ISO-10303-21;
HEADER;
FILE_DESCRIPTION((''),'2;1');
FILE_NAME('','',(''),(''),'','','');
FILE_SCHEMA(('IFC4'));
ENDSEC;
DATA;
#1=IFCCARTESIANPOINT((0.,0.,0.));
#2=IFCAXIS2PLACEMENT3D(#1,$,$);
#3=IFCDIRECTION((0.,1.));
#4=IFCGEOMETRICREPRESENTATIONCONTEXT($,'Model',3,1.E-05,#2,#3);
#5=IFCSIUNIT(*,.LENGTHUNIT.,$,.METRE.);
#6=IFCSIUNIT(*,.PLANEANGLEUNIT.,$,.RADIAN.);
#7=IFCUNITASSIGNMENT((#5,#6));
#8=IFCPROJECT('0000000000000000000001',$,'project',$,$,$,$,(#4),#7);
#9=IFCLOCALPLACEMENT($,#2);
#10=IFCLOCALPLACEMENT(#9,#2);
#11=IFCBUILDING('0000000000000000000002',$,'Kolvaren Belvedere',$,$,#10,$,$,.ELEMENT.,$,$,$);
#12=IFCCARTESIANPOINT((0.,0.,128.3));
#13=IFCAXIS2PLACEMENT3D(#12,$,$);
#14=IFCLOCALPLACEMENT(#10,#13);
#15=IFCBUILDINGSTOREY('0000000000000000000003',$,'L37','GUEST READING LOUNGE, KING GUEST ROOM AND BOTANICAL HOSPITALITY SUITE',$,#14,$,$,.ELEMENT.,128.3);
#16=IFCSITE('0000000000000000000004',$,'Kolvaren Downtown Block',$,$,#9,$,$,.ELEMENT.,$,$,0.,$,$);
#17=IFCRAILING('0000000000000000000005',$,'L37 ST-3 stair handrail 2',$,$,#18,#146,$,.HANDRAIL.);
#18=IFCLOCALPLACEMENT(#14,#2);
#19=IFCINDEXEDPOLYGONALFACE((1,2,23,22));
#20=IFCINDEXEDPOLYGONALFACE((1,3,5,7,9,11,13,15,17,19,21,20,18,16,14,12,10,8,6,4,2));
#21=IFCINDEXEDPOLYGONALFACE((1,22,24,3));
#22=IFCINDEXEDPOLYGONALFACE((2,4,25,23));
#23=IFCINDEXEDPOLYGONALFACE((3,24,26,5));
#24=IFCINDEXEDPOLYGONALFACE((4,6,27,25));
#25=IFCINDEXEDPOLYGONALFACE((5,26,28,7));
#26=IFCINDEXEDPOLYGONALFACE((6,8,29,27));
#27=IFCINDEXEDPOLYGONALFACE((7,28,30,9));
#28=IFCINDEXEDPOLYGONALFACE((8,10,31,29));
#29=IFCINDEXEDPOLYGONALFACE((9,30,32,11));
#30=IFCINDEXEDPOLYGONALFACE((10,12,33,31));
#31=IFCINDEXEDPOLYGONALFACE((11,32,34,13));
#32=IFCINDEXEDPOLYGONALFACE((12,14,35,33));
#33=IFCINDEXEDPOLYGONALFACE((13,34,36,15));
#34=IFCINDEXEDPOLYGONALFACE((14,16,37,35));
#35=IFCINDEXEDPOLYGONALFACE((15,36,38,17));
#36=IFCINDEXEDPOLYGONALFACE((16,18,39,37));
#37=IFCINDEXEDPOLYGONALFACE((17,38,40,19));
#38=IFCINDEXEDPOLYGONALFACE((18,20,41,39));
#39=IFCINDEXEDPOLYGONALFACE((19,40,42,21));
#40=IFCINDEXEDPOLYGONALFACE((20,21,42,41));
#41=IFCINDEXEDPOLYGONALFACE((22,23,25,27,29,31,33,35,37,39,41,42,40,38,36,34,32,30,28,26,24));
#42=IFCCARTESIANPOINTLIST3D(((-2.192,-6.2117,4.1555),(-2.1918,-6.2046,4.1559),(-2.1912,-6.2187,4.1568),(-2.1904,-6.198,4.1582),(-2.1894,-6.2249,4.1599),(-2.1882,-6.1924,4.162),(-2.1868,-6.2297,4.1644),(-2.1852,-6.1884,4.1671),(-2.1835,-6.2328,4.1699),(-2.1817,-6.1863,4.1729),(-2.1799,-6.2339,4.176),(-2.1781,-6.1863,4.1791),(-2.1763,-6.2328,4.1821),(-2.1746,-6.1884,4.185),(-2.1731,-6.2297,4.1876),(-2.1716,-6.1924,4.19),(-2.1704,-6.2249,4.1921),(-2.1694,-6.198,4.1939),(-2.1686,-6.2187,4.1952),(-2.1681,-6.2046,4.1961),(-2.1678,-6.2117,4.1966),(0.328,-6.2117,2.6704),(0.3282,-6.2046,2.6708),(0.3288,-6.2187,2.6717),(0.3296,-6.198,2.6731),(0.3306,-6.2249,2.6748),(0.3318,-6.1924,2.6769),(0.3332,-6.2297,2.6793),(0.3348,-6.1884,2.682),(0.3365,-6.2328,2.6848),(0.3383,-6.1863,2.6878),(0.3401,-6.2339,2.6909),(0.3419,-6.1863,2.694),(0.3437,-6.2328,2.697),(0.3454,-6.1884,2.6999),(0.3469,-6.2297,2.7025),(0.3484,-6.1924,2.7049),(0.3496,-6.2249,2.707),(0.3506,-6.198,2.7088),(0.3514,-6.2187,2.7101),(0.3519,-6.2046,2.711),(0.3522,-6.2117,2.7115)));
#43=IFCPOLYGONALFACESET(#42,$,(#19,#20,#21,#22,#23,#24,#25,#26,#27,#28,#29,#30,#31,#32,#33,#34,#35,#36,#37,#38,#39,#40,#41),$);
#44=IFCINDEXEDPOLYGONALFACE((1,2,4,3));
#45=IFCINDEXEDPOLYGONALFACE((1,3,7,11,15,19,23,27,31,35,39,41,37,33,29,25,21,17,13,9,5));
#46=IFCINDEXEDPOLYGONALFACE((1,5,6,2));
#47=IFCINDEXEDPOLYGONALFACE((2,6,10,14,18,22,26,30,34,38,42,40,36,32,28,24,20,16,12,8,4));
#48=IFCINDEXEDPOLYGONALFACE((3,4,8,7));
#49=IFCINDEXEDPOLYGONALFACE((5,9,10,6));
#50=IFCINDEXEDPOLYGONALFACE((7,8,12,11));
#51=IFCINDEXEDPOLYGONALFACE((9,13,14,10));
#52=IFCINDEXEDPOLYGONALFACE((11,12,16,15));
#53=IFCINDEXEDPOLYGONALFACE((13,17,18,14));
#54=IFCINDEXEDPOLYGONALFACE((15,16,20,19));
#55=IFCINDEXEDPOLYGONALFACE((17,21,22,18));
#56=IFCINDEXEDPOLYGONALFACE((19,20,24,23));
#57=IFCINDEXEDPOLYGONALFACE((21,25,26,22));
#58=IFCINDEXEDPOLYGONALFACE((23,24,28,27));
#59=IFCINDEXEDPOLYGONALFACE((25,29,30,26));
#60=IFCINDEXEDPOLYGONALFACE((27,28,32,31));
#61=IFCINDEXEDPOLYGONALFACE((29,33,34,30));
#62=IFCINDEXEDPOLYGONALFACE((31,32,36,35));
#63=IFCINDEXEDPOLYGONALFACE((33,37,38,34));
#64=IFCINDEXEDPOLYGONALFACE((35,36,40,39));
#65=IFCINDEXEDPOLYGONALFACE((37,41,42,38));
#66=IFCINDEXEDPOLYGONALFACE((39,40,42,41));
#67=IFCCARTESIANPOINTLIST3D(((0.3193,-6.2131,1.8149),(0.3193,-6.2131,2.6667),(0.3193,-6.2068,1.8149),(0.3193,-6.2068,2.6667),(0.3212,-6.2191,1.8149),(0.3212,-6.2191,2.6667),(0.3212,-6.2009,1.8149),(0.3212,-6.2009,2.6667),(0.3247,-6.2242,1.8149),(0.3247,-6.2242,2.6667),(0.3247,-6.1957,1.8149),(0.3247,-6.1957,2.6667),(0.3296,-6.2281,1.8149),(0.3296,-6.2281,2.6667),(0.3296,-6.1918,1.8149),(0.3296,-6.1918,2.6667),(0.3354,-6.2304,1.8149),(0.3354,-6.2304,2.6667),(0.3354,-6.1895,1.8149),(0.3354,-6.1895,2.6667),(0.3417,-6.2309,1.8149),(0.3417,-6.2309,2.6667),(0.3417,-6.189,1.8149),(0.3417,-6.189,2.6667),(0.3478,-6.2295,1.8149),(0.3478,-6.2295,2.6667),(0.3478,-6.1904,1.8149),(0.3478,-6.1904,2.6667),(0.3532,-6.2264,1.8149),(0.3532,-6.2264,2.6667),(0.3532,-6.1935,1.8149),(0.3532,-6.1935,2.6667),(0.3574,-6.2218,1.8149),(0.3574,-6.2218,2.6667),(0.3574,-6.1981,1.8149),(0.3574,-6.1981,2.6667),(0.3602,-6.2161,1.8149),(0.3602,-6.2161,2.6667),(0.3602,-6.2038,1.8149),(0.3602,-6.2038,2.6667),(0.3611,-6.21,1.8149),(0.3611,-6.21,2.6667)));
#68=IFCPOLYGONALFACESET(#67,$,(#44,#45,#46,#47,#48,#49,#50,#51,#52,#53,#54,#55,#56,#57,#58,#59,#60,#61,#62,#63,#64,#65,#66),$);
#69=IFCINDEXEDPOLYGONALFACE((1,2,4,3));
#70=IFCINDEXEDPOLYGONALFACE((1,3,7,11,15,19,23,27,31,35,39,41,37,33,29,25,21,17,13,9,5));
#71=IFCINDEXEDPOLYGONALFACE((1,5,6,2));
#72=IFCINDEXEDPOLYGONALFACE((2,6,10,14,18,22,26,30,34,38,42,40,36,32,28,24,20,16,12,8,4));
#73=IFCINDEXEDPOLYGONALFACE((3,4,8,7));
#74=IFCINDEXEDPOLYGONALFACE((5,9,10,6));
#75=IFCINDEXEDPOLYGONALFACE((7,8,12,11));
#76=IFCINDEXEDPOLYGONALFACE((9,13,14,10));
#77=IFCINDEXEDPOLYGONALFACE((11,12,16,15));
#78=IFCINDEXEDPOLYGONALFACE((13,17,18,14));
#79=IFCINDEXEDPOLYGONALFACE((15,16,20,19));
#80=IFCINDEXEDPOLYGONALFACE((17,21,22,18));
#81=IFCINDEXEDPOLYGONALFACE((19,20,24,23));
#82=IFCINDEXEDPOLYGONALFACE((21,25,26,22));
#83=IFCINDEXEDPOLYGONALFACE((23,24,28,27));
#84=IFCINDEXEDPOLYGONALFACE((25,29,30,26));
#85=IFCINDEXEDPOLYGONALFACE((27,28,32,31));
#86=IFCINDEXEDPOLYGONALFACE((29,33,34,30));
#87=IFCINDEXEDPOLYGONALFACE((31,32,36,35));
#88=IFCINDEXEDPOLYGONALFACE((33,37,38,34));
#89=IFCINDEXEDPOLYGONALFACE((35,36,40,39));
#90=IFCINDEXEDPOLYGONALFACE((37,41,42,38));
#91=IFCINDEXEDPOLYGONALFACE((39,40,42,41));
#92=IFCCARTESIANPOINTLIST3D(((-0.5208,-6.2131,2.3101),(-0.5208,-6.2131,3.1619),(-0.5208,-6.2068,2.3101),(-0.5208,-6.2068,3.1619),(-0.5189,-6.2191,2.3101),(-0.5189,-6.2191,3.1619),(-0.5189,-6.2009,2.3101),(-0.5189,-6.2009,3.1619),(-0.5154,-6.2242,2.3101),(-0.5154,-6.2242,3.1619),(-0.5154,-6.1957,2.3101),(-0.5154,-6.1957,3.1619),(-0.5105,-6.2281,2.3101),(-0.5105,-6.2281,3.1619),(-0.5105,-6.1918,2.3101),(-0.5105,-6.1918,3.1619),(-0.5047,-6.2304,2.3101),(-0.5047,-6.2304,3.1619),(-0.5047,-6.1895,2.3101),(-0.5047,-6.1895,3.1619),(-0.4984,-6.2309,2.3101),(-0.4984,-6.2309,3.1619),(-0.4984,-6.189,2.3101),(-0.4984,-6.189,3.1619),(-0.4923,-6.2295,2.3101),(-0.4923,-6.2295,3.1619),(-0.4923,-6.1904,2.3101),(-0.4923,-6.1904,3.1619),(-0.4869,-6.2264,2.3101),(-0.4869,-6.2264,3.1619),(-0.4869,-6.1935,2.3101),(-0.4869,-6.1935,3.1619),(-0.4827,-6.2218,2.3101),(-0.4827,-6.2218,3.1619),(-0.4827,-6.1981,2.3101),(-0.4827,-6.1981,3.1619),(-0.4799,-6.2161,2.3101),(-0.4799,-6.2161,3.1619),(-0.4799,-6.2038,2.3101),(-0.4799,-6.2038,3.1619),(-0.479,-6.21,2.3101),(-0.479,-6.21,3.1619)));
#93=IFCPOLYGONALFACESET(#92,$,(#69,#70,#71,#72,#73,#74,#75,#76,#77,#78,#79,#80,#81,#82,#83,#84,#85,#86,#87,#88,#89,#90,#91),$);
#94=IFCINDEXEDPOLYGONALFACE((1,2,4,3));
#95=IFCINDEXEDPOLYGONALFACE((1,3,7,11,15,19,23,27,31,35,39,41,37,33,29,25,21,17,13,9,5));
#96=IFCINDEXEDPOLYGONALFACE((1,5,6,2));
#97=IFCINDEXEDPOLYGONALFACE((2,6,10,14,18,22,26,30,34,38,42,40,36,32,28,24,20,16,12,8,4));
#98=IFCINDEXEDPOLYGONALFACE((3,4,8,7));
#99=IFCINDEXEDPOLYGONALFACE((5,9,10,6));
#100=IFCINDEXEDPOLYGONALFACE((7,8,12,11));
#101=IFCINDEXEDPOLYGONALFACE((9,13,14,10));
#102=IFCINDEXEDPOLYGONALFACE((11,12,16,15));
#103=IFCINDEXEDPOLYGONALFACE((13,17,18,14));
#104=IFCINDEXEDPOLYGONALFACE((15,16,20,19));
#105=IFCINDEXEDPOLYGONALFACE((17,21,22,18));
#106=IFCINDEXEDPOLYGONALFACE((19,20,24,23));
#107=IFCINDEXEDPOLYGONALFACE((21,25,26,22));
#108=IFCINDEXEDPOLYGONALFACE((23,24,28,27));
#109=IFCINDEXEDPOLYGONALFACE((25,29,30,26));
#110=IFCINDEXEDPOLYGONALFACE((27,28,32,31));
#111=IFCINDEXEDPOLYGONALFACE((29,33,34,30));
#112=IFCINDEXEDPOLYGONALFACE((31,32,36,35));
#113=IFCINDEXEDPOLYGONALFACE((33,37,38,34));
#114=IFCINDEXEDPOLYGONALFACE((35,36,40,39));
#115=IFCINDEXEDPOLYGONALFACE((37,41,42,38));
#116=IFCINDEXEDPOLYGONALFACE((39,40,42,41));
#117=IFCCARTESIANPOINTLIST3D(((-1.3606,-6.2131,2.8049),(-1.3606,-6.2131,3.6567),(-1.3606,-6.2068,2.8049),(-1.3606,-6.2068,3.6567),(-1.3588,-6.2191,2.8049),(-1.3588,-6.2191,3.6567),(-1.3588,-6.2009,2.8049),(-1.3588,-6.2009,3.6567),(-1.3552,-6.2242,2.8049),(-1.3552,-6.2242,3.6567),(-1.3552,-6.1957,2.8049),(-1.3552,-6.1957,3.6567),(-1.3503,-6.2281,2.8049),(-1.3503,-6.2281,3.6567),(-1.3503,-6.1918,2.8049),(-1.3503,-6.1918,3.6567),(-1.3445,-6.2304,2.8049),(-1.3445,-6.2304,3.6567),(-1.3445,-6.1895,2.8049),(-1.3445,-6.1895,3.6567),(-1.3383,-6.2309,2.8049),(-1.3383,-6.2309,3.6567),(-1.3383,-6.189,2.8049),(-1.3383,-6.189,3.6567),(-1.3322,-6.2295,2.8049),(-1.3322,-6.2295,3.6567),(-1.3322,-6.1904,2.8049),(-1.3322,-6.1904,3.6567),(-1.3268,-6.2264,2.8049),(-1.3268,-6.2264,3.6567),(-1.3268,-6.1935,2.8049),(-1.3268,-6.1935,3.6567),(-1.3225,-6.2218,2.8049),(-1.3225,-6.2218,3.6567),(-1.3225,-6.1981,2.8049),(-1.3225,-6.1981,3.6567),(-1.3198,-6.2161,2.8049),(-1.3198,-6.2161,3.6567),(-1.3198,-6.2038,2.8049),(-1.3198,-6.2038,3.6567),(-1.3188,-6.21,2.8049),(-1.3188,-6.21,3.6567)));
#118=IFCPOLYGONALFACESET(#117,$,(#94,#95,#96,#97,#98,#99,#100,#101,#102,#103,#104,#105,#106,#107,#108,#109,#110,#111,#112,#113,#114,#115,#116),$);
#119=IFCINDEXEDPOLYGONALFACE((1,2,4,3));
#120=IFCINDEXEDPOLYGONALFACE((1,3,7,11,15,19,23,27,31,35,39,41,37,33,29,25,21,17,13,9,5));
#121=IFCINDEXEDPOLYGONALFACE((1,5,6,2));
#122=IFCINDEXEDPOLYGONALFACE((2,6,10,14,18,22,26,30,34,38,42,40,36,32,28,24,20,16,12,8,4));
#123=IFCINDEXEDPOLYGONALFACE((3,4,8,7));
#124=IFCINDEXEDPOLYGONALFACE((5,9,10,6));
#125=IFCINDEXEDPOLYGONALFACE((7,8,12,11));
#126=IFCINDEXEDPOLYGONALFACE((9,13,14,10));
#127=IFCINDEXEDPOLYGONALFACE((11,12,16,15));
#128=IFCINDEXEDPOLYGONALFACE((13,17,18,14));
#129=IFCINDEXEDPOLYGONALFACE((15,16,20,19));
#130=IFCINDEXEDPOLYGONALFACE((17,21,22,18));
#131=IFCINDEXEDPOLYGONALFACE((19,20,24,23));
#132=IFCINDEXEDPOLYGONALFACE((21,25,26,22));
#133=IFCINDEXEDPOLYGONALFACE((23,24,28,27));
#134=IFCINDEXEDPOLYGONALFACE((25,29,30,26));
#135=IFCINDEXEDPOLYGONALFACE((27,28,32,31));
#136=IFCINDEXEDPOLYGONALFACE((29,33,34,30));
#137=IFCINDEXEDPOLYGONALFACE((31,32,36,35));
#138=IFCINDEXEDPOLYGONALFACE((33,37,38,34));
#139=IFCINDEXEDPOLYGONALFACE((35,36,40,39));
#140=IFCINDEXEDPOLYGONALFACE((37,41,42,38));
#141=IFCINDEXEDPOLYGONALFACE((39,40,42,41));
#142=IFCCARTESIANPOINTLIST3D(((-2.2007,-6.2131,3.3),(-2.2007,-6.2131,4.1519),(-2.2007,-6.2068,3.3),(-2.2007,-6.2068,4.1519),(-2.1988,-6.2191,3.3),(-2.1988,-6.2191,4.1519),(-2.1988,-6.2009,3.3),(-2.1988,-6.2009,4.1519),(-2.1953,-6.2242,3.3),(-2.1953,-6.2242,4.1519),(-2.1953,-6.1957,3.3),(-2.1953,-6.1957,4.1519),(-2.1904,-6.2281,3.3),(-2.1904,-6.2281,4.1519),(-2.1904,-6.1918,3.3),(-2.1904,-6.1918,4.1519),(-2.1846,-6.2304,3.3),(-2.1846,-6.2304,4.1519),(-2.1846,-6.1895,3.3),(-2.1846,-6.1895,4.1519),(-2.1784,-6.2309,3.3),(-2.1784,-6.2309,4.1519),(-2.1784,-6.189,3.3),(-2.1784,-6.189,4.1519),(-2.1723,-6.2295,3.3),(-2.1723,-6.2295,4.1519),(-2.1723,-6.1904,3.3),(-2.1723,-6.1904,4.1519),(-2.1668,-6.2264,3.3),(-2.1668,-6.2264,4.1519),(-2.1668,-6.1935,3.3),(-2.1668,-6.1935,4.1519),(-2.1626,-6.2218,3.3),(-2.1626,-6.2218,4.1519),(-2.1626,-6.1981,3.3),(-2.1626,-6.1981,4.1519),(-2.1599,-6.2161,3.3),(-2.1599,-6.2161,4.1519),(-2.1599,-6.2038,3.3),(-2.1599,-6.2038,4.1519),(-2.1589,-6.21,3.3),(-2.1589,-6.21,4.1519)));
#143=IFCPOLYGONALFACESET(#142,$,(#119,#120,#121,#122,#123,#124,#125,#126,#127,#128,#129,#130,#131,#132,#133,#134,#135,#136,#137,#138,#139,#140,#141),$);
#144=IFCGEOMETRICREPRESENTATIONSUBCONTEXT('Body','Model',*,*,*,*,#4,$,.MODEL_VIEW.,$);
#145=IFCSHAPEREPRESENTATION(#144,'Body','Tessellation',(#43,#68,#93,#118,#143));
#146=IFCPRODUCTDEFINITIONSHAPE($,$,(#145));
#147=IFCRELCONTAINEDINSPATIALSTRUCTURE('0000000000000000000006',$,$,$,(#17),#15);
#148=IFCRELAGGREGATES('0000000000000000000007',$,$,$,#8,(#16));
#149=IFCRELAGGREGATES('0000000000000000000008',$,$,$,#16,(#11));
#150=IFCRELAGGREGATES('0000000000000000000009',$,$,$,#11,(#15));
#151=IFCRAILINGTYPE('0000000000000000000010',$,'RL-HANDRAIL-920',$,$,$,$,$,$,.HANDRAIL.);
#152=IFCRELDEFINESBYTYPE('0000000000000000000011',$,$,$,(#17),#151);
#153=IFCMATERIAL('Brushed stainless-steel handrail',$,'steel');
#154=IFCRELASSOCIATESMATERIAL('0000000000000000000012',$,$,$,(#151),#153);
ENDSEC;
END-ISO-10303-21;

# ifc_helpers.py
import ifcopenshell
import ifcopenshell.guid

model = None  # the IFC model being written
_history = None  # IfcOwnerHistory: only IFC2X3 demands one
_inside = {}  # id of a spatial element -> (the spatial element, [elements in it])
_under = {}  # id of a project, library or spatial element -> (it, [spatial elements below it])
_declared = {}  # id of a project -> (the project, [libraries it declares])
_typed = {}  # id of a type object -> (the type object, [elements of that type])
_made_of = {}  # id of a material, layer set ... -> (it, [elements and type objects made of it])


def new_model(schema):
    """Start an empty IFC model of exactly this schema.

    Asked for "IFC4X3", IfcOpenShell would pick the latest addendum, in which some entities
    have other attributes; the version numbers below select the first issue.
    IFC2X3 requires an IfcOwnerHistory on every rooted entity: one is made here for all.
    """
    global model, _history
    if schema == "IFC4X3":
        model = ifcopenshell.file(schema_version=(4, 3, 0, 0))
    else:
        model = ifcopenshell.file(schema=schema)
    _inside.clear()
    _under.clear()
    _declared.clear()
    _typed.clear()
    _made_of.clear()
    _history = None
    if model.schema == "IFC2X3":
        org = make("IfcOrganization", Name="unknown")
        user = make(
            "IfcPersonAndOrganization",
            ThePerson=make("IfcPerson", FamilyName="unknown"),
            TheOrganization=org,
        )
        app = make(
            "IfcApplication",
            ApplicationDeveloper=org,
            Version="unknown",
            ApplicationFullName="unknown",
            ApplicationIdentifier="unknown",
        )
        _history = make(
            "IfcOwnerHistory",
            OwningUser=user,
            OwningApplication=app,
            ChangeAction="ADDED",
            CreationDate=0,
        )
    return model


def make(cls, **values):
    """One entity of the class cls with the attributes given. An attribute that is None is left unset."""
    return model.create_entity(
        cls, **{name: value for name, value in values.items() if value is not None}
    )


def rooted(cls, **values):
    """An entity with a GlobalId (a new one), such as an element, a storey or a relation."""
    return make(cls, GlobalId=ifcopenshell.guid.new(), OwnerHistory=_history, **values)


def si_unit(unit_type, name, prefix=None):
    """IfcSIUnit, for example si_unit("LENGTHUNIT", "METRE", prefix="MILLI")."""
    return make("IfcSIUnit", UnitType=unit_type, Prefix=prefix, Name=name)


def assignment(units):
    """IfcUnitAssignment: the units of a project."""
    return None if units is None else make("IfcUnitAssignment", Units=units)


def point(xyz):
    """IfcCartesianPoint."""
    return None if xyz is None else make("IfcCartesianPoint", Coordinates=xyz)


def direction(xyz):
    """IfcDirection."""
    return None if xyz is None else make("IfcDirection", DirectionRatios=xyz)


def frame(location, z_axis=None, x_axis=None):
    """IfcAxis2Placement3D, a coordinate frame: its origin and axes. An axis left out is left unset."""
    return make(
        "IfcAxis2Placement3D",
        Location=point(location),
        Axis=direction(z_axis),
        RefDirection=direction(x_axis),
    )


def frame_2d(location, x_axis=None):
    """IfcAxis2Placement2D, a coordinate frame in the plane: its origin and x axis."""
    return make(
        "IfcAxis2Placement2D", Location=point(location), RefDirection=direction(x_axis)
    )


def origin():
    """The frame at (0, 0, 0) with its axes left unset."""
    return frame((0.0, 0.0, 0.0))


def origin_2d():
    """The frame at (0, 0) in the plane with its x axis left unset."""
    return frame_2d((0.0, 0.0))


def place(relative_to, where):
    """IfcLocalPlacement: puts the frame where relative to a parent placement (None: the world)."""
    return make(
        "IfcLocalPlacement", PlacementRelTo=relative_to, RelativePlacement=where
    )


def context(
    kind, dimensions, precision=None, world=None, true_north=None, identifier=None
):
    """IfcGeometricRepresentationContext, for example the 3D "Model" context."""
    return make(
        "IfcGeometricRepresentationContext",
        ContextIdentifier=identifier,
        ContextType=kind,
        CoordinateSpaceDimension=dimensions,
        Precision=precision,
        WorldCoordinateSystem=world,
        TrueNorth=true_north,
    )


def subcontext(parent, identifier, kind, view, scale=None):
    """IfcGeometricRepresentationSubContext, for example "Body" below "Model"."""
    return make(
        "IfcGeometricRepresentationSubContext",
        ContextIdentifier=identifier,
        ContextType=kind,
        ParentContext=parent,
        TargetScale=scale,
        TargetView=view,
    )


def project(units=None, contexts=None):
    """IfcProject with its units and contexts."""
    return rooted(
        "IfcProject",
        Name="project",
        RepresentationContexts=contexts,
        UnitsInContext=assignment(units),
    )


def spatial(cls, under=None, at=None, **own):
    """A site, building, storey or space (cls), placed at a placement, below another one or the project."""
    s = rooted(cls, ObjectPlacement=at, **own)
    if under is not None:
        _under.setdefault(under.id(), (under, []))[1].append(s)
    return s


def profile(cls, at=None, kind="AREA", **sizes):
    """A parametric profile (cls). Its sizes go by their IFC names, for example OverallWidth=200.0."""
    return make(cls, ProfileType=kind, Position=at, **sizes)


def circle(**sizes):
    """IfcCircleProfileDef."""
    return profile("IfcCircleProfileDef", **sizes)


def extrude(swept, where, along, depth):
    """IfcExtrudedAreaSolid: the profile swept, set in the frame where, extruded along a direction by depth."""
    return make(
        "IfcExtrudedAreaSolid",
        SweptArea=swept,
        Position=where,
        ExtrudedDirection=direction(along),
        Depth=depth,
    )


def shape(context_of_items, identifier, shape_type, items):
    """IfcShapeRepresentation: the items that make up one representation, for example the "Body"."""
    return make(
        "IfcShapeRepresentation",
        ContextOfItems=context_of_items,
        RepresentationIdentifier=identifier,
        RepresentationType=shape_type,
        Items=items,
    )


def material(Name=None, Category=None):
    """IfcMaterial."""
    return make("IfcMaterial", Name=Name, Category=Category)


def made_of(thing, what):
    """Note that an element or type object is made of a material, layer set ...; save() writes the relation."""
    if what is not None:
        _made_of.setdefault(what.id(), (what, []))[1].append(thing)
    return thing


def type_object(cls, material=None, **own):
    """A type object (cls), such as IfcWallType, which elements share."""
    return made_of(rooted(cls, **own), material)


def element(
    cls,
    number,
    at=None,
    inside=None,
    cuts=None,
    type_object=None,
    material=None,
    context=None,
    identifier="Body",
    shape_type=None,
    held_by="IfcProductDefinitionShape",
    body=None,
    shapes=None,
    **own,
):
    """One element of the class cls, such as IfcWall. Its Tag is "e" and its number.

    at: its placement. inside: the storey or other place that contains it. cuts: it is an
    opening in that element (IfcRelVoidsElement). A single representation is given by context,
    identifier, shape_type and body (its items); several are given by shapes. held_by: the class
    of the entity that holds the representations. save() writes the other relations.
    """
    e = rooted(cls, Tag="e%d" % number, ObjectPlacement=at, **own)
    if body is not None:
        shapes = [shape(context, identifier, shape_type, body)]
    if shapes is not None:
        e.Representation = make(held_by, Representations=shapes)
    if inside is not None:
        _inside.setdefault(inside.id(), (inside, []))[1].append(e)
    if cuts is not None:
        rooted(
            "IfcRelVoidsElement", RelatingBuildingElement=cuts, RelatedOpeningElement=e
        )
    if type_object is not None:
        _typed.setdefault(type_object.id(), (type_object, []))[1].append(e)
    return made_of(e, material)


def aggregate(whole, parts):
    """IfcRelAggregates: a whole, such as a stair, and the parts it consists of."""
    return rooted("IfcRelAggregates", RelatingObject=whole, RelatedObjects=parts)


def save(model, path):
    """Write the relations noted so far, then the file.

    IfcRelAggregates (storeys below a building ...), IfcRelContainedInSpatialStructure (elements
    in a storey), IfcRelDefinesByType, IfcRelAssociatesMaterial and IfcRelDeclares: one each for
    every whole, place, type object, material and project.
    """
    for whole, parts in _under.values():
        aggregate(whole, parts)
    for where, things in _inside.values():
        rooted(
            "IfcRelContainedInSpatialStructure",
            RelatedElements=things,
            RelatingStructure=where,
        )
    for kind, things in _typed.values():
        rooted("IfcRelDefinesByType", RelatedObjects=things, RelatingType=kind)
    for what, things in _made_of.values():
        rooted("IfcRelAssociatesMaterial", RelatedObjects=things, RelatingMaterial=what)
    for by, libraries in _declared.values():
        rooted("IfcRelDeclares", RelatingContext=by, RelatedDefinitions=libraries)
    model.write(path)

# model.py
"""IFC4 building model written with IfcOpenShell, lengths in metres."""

from ifc_helpers import new_model, si_unit, direction, frame, origin, origin_2d, place, context, subcontext, project, spatial, circle, extrude, material, type_object, element, save


model = new_model("IFC4")

# Units and contexts
model_context = context("Model", 3, precision=1e-05, world=origin(), true_north=direction((0.0, 1.0)))
body_context = subcontext(model_context, "Body", "Model", "MODEL_VIEW")
ifc_project = project(units=[si_unit("LENGTHUNIT", "METRE"), si_unit("PLANEANGLEUNIT", "RADIAN")], contexts=[model_context])

# Site, building, storey
site_placement = place(None, origin())
site = spatial("IfcSite", under=ifc_project, at=site_placement, Name="Kolvaren Downtown Block", CompositionType="ELEMENT", RefElevation=0.0)
building_placement = place(site_placement, origin())
building = spatial("IfcBuilding", under=site, at=building_placement, Name="Kolvaren Belvedere", CompositionType="ELEMENT")
storey_placement = place(building_placement, frame((0.0, 0.0, 128.3)))
storey = spatial("IfcBuildingStorey", under=building, at=storey_placement, Name="L37", Description="GUEST READING LOUNGE, KING GUEST ROOM AND BOTANICAL HOSPITALITY SUITE", CompositionType="ELEMENT", Elevation=128.3)

# Railing
ifc_material_1 = material(Name="Brushed stainless-steel handrail", Category="steel")
railing_type_1 = type_object("IfcRailingType", Name="RL-HANDRAIL-920", PredefinedType="HANDRAIL", material=ifc_material_1)
railing_1_placement = place(storey_placement, frame((0.3401, -6.21, 1.8149)))
element("IfcRailing", 1, at=railing_1_placement, inside=storey, type_object=railing_type_1, Name="L37 ST-3 stair handrail 2", PredefinedType="HANDRAIL", context=body_context, shape_type="SweptSolid", body=[
    extrude(circle(Radius=0.0239, at=origin_2d()), frame((0.0, 0.0, 0.876), z_axis=(-0.861524, 0.0, 0.507717), x_axis=(0.0, -1.0, 0.0)), (0.0, 0.0, 1.0), 2.925),
    extrude(circle(Radius=0.021, at=origin_2d()), origin(), (0.0, 0.0, 1.0), 0.8518),
    extrude(circle(Radius=0.021, at=origin_2d()), frame((-0.8401, 0.0, 0.4951)), (0.0, 0.0, 1.0), 0.8518),
    extrude(circle(Radius=0.021, at=origin_2d()), frame((-1.6799, 0.0, 0.99)), (0.0, 0.0, 1.0), 0.8518),
    extrude(circle(Radius=0.021, at=origin_2d()), frame((-2.52, 0.0, 1.4851)), (0.0, 0.0, 1.0), 0.8518),
])

save(model, "model.ifc")
